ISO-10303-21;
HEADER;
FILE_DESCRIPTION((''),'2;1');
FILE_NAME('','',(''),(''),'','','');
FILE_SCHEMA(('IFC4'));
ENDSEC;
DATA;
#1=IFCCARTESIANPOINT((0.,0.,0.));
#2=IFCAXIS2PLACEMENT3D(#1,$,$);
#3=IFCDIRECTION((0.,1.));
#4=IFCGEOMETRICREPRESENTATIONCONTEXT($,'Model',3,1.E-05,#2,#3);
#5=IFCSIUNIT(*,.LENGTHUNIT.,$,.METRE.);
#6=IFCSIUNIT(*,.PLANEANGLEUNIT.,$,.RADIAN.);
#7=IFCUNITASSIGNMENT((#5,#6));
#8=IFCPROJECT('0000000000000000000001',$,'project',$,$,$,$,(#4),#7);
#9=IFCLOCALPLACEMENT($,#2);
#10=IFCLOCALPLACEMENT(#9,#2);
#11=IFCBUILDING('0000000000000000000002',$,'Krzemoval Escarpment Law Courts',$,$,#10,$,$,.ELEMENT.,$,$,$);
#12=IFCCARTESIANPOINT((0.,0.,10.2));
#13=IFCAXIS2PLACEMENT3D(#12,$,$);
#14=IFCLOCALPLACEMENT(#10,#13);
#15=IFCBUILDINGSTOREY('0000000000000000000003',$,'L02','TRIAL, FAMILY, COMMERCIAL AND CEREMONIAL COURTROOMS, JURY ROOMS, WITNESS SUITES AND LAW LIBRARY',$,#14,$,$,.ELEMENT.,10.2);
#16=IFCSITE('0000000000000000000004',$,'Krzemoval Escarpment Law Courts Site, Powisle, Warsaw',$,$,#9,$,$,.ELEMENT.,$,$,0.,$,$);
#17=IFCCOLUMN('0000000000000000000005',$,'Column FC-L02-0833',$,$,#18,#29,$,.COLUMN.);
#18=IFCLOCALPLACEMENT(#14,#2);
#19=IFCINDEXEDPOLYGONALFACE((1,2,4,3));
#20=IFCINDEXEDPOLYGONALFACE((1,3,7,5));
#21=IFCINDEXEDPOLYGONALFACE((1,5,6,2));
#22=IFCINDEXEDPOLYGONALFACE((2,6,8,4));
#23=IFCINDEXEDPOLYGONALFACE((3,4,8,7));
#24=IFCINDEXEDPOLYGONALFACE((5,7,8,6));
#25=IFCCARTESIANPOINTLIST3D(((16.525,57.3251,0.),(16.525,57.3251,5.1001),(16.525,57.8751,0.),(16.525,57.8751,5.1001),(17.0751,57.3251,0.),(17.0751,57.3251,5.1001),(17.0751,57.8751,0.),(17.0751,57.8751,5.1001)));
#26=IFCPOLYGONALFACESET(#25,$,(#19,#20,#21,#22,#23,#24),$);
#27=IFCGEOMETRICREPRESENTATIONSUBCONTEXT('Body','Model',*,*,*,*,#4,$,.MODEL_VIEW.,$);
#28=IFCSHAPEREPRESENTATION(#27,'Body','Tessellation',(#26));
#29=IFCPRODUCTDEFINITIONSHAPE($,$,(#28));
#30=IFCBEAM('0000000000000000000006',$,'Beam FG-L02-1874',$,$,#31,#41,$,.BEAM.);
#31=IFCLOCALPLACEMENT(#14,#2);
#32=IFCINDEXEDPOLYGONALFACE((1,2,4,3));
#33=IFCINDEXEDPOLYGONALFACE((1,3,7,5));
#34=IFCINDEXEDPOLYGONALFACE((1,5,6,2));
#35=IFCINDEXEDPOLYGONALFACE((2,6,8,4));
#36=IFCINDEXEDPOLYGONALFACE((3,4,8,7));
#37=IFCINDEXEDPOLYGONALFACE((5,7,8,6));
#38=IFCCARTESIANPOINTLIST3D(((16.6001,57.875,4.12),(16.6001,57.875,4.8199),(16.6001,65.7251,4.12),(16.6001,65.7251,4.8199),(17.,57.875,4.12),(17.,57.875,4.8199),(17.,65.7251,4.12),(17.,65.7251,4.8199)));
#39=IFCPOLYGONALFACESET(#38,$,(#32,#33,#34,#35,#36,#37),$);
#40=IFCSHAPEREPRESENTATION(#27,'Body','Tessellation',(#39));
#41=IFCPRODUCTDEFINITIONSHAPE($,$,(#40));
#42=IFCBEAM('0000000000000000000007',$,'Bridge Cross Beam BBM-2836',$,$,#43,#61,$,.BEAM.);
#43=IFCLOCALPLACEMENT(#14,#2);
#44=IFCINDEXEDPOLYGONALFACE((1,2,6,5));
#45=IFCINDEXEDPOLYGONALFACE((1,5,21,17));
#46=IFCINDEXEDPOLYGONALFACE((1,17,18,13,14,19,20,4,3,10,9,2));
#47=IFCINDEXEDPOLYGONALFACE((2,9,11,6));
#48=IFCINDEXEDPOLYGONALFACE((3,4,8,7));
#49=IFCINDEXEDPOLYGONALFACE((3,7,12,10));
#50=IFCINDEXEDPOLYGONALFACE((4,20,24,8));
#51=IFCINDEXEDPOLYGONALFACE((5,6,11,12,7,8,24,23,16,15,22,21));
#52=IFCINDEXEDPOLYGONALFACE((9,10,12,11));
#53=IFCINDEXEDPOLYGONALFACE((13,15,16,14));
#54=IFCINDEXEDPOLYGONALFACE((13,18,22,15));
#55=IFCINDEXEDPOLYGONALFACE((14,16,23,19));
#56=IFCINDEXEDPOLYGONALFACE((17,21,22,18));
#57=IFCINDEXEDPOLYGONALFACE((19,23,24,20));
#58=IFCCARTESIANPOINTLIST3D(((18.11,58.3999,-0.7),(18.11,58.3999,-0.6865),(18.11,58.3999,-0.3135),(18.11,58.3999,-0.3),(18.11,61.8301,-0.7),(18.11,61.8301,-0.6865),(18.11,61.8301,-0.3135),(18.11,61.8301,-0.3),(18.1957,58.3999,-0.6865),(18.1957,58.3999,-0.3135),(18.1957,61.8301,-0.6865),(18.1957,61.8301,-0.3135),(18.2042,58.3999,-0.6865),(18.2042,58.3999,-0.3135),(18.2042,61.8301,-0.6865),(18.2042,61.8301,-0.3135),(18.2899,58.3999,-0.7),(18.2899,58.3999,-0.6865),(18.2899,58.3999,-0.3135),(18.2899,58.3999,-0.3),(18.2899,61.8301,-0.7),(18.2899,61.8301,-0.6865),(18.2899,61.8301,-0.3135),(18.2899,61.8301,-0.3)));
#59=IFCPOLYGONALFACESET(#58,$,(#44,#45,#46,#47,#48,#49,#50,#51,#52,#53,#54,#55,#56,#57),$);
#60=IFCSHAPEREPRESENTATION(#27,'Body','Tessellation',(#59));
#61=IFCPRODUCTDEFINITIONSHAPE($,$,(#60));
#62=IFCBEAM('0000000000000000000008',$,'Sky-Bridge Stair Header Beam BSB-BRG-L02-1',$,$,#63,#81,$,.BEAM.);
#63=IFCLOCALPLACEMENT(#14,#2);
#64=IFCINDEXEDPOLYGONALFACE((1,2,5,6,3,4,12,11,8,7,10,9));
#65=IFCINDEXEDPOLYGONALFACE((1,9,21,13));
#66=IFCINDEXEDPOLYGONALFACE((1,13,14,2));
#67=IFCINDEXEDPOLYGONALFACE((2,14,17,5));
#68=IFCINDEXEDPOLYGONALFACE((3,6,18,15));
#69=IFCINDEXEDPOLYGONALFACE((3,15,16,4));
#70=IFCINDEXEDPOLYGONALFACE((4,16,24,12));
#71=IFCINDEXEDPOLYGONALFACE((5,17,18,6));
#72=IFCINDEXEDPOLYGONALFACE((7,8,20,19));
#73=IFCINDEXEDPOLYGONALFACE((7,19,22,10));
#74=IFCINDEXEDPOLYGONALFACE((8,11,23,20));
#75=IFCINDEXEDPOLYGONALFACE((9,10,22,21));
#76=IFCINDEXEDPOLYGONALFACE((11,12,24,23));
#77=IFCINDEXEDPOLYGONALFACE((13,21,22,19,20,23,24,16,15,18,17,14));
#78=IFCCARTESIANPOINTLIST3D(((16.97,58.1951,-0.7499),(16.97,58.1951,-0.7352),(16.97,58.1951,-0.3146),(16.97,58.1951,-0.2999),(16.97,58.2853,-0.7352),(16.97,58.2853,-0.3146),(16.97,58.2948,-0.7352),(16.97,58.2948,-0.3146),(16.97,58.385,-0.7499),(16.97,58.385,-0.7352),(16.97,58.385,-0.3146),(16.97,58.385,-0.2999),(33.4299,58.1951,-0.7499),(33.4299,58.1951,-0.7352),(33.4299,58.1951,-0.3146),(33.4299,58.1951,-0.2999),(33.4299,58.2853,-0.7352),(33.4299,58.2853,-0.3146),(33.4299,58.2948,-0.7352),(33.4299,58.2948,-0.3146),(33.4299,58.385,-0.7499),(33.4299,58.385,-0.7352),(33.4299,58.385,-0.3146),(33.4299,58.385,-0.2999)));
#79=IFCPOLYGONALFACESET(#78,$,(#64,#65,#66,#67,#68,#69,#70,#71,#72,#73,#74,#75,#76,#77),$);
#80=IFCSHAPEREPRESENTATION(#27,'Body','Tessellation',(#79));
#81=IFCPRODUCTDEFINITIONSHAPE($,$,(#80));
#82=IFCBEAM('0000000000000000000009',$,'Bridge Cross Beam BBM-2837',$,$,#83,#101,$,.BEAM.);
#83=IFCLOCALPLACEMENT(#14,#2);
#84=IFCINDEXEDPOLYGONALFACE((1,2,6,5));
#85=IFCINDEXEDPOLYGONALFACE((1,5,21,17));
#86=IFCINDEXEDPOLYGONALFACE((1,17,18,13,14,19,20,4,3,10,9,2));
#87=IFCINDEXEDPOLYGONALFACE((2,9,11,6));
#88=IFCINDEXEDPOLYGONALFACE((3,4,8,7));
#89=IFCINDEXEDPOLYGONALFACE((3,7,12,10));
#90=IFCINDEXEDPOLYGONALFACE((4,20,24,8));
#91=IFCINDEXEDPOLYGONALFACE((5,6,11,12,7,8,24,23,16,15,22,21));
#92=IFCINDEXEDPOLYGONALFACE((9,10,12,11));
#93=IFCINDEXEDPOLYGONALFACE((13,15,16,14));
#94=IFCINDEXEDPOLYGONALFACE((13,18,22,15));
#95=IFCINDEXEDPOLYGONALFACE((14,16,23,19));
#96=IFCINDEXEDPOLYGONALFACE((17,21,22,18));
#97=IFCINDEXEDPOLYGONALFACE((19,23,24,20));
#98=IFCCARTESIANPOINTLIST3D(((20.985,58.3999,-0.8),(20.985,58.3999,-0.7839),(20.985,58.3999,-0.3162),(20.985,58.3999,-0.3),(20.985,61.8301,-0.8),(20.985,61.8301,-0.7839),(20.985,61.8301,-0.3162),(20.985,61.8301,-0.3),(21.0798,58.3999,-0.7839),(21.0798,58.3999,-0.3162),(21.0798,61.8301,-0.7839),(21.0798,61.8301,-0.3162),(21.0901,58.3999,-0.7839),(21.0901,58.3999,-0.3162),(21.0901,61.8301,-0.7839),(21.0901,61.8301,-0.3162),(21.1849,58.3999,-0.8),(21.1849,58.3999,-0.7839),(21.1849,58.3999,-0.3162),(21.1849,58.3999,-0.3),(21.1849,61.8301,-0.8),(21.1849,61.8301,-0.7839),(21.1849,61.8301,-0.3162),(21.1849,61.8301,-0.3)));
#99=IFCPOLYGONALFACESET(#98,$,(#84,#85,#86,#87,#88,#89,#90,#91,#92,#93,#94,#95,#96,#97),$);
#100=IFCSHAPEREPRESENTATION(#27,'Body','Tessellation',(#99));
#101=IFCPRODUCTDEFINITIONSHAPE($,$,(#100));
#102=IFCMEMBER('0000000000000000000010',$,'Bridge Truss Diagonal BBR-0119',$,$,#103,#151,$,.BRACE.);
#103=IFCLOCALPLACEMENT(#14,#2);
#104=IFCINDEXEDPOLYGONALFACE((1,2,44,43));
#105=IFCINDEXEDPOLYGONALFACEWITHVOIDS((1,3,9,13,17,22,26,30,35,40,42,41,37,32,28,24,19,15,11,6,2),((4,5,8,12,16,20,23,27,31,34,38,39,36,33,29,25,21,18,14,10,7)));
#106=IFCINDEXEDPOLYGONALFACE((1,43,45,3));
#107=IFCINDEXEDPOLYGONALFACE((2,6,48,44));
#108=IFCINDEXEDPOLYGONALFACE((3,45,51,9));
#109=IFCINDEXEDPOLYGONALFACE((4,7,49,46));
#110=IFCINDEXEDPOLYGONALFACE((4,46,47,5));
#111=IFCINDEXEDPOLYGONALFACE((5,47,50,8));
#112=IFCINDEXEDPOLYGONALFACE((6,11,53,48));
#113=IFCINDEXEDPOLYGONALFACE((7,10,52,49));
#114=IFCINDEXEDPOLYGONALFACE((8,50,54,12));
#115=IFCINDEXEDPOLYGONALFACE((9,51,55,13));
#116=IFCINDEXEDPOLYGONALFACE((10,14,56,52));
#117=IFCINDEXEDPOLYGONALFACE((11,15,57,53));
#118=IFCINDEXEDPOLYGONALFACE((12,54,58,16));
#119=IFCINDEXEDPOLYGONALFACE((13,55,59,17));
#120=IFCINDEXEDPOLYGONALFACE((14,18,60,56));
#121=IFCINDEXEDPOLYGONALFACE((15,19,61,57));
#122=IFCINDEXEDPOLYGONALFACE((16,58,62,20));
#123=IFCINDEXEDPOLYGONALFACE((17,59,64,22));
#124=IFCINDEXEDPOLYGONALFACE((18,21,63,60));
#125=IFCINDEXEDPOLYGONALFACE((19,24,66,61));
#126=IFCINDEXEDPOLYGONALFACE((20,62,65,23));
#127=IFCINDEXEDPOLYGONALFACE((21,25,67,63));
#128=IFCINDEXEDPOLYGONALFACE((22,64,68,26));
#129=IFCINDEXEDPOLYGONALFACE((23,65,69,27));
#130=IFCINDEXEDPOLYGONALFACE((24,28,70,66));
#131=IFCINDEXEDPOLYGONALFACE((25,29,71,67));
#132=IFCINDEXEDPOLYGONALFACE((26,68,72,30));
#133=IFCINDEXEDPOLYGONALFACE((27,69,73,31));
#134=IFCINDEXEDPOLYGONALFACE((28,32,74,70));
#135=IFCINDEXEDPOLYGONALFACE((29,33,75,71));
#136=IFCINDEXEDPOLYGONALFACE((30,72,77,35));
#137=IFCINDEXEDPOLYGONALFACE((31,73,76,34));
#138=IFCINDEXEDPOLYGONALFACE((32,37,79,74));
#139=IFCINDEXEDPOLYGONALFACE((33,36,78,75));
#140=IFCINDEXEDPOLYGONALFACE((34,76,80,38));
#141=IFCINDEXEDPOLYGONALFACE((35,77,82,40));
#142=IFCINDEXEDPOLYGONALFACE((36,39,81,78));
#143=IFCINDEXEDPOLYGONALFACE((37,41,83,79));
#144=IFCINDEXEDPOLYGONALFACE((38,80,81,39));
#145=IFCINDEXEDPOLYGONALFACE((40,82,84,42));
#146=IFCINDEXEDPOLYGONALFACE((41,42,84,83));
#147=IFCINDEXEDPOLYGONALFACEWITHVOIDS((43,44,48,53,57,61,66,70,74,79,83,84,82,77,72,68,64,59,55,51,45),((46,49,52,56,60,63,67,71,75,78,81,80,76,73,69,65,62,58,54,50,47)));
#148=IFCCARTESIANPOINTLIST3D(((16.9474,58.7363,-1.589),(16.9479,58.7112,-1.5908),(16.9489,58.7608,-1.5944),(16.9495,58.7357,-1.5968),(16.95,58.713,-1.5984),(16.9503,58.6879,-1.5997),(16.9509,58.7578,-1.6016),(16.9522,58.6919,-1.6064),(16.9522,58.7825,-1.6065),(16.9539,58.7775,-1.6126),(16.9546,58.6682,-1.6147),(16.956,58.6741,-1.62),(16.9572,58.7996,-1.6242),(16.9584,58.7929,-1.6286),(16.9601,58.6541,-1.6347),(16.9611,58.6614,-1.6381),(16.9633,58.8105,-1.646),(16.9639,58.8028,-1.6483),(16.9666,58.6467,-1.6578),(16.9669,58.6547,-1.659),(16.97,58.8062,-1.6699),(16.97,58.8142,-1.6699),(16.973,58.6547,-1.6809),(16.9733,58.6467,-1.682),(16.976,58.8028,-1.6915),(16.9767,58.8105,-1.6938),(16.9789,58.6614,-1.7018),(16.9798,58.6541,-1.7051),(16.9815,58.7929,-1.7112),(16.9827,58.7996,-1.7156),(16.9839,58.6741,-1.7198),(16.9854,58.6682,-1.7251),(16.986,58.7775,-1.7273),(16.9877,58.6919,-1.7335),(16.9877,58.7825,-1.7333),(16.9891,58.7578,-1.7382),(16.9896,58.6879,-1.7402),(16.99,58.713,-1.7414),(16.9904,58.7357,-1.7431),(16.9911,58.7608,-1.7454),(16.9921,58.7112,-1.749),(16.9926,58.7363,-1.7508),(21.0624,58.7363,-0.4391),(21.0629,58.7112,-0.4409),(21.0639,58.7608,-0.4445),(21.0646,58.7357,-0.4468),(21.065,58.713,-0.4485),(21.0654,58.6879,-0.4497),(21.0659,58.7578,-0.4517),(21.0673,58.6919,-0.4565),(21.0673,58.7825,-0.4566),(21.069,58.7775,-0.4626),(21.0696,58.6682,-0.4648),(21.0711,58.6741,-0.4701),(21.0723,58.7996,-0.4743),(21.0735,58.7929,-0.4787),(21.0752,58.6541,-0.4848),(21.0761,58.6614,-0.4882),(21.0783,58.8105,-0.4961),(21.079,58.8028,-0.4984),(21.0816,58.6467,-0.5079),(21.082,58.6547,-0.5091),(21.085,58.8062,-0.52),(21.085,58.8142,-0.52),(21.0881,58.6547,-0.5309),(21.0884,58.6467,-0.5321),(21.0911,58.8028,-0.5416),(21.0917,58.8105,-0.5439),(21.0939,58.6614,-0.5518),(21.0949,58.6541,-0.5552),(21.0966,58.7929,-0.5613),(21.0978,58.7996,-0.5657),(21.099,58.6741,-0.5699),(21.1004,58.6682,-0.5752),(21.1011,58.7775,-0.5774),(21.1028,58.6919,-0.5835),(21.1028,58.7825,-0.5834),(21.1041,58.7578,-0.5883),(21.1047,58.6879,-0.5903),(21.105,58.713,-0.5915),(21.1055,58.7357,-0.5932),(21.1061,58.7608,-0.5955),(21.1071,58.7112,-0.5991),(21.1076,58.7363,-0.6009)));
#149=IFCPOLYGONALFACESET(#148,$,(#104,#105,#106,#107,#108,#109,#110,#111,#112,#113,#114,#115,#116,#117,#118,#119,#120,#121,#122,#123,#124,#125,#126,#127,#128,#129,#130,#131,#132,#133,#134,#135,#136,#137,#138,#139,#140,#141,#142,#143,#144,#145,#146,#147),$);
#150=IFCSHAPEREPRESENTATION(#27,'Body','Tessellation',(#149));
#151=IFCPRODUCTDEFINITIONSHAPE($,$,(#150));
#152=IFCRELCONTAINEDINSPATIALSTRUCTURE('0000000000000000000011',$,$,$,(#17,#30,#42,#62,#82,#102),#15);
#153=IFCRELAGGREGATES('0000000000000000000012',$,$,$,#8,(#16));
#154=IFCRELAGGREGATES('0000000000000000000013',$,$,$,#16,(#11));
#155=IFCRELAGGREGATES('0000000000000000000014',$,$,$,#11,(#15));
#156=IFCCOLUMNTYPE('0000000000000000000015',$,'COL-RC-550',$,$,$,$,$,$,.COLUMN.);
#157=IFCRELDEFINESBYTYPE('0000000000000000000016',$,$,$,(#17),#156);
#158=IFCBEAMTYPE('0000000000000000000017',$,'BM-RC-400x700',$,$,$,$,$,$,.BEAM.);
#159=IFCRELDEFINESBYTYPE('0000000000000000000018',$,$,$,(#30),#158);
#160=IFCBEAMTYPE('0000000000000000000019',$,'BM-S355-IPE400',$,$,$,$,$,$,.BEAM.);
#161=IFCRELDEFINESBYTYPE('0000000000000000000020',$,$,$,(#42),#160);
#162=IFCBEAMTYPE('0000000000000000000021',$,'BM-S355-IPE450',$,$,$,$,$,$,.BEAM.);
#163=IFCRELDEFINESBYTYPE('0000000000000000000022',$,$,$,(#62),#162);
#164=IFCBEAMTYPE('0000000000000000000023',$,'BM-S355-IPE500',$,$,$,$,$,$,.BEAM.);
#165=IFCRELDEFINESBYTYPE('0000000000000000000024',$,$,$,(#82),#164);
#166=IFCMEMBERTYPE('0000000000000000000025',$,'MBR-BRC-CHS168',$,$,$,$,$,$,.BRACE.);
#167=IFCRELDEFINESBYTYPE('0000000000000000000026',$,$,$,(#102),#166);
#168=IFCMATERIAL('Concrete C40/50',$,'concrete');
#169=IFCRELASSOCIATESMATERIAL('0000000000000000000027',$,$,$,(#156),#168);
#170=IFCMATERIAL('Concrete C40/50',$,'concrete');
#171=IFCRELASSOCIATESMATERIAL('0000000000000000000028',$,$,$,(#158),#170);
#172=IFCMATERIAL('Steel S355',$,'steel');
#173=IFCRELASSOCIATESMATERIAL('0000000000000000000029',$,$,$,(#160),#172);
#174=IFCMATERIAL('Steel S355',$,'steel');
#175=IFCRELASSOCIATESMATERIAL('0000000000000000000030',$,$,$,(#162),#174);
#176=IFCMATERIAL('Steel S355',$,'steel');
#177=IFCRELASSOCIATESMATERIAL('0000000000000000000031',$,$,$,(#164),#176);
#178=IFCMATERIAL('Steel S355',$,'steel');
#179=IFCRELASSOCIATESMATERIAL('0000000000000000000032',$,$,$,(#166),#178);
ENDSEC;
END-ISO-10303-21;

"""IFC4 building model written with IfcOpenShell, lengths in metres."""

from ifc_helpers import new_model, si_unit, direction, frame, origin, origin_2d, place, context, subcontext, project, spatial, rectangle, hollow_circle, i_section, extrude, material, material_profile, profile_set, type_object, element, save


model = new_model("IFC4")

# Units and contexts
model_context = context("Model", 3, precision=1e-05, world=origin(), true_north=direction((0.0, 1.0)))
body_context = subcontext(model_context, "Body", "Model", "MODEL_VIEW")
ifc_project = project(units=[si_unit("LENGTHUNIT", "METRE"), si_unit("PLANEANGLEUNIT", "RADIAN")], contexts=[model_context])

# Site, building, storey
site_placement = place(None, origin())
site = spatial("IfcSite", under=ifc_project, at=site_placement, Name="Krzemoval Escarpment Law Courts Site, Powisle, Warsaw", CompositionType="ELEMENT", RefElevation=0.0)
building_placement = place(site_placement, origin())
building = spatial("IfcBuilding", under=site, at=building_placement, Name="Krzemoval Escarpment Law Courts", CompositionType="ELEMENT")
storey_placement = place(building_placement, frame((0.0, 0.0, 10.2)))
storey = spatial("IfcBuildingStorey", under=building, at=storey_placement, Name="L02", Description="TRIAL, FAMILY, COMMERCIAL AND CEREMONIAL COURTROOMS, JURY ROOMS, WITNESS SUITES AND LAW LIBRARY", CompositionType="ELEMENT", Elevation=10.2)

# Column
ifc_material_1 = material(Name="Concrete C40/50", Category="concrete")
ifc_material_profile_1 = material_profile(ifc_material_1, rectangle(XDim=0.55, YDim=0.55, at=origin_2d()), Name="RC 550x550")
ifc_profile_set_1 = profile_set([ifc_material_profile_1], Name="Concrete C40/50")
column_type = type_object("IfcColumnType", Name="COL-RC-550", PredefinedType="COLUMN", material=ifc_profile_set_1)
column_placement = place(storey_placement, frame((16.8, 57.6001, 0.0), z_axis=(0.0, 0.0, 1.0), x_axis=(1.0, 0.0, 0.0)))
element("IfcColumn", 1, at=column_placement, inside=storey, type_object=column_type, Name="Column FC-L02-0833", PredefinedType="COLUMN", context=body_context, shape_type="SweptSolid", body=[
    extrude(rectangle(XDim=0.55, YDim=0.55, at=origin_2d()), origin(), (0.0, 0.0, 1.0), 5.1001),
])

# Beams
ifc_material_2 = material(Name="Concrete C40/50", Category="concrete")
ifc_material_profile_2 = material_profile(ifc_material_2, rectangle(XDim=0.3999, YDim=0.7, at=origin_2d()), Name="RCB 400x700")
ifc_profile_set_2 = profile_set([ifc_material_profile_2], Name="Concrete C40/50")
beam_type_1 = type_object("IfcBeamType", Name="BM-RC-400x700", PredefinedType="BEAM", material=ifc_profile_set_2)
beam_1_placement = place(storey_placement, frame((16.8, 57.875, 4.47), z_axis=(0.0, 1.0, 0.0), x_axis=(-1.0, 0.0, 0.0)))
element("IfcBeam", 2, at=beam_1_placement, inside=storey, type_object=beam_type_1, Name="Beam FG-L02-1874", PredefinedType="BEAM", context=body_context, shape_type="SweptSolid", body=[
    extrude(rectangle(XDim=0.3999, YDim=0.7, at=origin_2d()), origin(), (0.0, 0.0, 1.0), 7.8501),
])
ifc_material_3 = material(Name="Steel S355", Category="steel")
ifc_material_profile_3 = material_profile(ifc_material_3, i_section(OverallWidth=0.1799, OverallDepth=0.3999, WebThickness=0.0085, FlangeThickness=0.0134, at=origin_2d()), Name="IPE 400")
ifc_profile_set_3 = profile_set([ifc_material_profile_3], Name="Steel S355")
beam_type_2 = type_object("IfcBeamType", Name="BM-S355-IPE400", PredefinedType="BEAM", material=ifc_profile_set_3)
beam_2_placement = place(storey_placement, frame((18.2, 58.3999, -0.5), z_axis=(0.0, 1.0, 0.0), x_axis=(-1.0, 0.0, 0.0)))
element("IfcBeam", 3, at=beam_2_placement, inside=storey, type_object=beam_type_2, Name="Bridge Cross Beam BBM-2836", PredefinedType="BEAM", context=body_context, shape_type="SweptSolid", body=[
    extrude(i_section(OverallWidth=0.1799, OverallDepth=0.3999, WebThickness=0.0085, FlangeThickness=0.0134, at=origin_2d()), origin(), (0.0, 0.0, 1.0), 3.4302),
])
ifc_material_4 = material(Name="Steel S355", Category="steel")
ifc_material_profile_4 = material_profile(ifc_material_4, i_section(OverallWidth=0.1899, OverallDepth=0.45, WebThickness=0.0095, FlangeThickness=0.0146, at=origin_2d()), Name="IPE 450")
ifc_profile_set_4 = profile_set([ifc_material_profile_4], Name="Steel S355")
beam_type_3 = type_object("IfcBeamType", Name="BM-S355-IPE450", PredefinedType="BEAM", material=ifc_profile_set_4)
beam_3_placement = place(storey_placement, frame((16.97, 58.29, -0.5249), z_axis=(1.0, 0.0, 0.0), x_axis=(0.0, 1.0, 0.0)))
element("IfcBeam", 4, at=beam_3_placement, inside=storey, type_object=beam_type_3, Name="Sky-Bridge Stair Header Beam BSB-BRG-L02-1", PredefinedType="BEAM", context=body_context, shape_type="SweptSolid", body=[
    extrude(i_section(OverallWidth=0.1899, OverallDepth=0.45, WebThickness=0.0095, FlangeThickness=0.0146, at=origin_2d()), origin(), (0.0, 0.0, 1.0), 16.46),
])
ifc_material_5 = material(Name="Steel S355", Category="steel")
ifc_material_profile_5 = material_profile(ifc_material_5, i_section(OverallWidth=0.2, OverallDepth=0.5, WebThickness=0.0103, FlangeThickness=0.0161, at=origin_2d()), Name="IPE 500")
ifc_profile_set_5 = profile_set([ifc_material_profile_5], Name="Steel S355")
beam_type_4 = type_object("IfcBeamType", Name="BM-S355-IPE500", PredefinedType="BEAM", material=ifc_profile_set_5)
beam_4_placement = place(storey_placement, frame((21.085, 58.3999, -0.55), z_axis=(0.0, 1.0, 0.0), x_axis=(-1.0, 0.0, 0.0)))
element("IfcBeam", 5, at=beam_4_placement, inside=storey, type_object=beam_type_4, Name="Bridge Cross Beam BBM-2837", PredefinedType="BEAM", context=body_context, shape_type="SweptSolid", body=[
    extrude(i_section(OverallWidth=0.2, OverallDepth=0.5, WebThickness=0.0103, FlangeThickness=0.0161, at=origin_2d()), origin(), (0.0, 0.0, 1.0), 3.4302),
])

# Member
ifc_material_6 = material(Name="Steel S355", Category="steel")
ifc_material_profile_6 = material_profile(ifc_material_6, hollow_circle(Radius=0.0842, WallThickness=0.0081, at=origin_2d()), Name="CHS 168.3x8")
ifc_profile_set_6 = profile_set([ifc_material_profile_6], Name="Steel S355")
member_type_1 = type_object("IfcMemberType", Name="MBR-BRC-CHS168", PredefinedType="BRACE", material=ifc_profile_set_6)
for number, where, z_axis, x_axis, name in (
    (6, (16.97, 58.73, -1.6699), (0.963103, 0.0, 0.269132), (0.0, 1.0, 0.0), "Bridge Truss Diagonal BBR-0119"),
):
    element("IfcMember", number, at=place(storey_placement, frame(where, z_axis=z_axis, x_axis=x_axis)), inside=storey, type_object=member_type_1, Name=name, PredefinedType="BRACE", context=body_context, shape_type="SweptSolid", body=[
        extrude(hollow_circle(Radius=0.0842, WallThickness=0.0081, at=origin_2d()), origin(), (0.0, 0.0, 1.0), 4.2727),
    ])

save(model, "model.ifc")
